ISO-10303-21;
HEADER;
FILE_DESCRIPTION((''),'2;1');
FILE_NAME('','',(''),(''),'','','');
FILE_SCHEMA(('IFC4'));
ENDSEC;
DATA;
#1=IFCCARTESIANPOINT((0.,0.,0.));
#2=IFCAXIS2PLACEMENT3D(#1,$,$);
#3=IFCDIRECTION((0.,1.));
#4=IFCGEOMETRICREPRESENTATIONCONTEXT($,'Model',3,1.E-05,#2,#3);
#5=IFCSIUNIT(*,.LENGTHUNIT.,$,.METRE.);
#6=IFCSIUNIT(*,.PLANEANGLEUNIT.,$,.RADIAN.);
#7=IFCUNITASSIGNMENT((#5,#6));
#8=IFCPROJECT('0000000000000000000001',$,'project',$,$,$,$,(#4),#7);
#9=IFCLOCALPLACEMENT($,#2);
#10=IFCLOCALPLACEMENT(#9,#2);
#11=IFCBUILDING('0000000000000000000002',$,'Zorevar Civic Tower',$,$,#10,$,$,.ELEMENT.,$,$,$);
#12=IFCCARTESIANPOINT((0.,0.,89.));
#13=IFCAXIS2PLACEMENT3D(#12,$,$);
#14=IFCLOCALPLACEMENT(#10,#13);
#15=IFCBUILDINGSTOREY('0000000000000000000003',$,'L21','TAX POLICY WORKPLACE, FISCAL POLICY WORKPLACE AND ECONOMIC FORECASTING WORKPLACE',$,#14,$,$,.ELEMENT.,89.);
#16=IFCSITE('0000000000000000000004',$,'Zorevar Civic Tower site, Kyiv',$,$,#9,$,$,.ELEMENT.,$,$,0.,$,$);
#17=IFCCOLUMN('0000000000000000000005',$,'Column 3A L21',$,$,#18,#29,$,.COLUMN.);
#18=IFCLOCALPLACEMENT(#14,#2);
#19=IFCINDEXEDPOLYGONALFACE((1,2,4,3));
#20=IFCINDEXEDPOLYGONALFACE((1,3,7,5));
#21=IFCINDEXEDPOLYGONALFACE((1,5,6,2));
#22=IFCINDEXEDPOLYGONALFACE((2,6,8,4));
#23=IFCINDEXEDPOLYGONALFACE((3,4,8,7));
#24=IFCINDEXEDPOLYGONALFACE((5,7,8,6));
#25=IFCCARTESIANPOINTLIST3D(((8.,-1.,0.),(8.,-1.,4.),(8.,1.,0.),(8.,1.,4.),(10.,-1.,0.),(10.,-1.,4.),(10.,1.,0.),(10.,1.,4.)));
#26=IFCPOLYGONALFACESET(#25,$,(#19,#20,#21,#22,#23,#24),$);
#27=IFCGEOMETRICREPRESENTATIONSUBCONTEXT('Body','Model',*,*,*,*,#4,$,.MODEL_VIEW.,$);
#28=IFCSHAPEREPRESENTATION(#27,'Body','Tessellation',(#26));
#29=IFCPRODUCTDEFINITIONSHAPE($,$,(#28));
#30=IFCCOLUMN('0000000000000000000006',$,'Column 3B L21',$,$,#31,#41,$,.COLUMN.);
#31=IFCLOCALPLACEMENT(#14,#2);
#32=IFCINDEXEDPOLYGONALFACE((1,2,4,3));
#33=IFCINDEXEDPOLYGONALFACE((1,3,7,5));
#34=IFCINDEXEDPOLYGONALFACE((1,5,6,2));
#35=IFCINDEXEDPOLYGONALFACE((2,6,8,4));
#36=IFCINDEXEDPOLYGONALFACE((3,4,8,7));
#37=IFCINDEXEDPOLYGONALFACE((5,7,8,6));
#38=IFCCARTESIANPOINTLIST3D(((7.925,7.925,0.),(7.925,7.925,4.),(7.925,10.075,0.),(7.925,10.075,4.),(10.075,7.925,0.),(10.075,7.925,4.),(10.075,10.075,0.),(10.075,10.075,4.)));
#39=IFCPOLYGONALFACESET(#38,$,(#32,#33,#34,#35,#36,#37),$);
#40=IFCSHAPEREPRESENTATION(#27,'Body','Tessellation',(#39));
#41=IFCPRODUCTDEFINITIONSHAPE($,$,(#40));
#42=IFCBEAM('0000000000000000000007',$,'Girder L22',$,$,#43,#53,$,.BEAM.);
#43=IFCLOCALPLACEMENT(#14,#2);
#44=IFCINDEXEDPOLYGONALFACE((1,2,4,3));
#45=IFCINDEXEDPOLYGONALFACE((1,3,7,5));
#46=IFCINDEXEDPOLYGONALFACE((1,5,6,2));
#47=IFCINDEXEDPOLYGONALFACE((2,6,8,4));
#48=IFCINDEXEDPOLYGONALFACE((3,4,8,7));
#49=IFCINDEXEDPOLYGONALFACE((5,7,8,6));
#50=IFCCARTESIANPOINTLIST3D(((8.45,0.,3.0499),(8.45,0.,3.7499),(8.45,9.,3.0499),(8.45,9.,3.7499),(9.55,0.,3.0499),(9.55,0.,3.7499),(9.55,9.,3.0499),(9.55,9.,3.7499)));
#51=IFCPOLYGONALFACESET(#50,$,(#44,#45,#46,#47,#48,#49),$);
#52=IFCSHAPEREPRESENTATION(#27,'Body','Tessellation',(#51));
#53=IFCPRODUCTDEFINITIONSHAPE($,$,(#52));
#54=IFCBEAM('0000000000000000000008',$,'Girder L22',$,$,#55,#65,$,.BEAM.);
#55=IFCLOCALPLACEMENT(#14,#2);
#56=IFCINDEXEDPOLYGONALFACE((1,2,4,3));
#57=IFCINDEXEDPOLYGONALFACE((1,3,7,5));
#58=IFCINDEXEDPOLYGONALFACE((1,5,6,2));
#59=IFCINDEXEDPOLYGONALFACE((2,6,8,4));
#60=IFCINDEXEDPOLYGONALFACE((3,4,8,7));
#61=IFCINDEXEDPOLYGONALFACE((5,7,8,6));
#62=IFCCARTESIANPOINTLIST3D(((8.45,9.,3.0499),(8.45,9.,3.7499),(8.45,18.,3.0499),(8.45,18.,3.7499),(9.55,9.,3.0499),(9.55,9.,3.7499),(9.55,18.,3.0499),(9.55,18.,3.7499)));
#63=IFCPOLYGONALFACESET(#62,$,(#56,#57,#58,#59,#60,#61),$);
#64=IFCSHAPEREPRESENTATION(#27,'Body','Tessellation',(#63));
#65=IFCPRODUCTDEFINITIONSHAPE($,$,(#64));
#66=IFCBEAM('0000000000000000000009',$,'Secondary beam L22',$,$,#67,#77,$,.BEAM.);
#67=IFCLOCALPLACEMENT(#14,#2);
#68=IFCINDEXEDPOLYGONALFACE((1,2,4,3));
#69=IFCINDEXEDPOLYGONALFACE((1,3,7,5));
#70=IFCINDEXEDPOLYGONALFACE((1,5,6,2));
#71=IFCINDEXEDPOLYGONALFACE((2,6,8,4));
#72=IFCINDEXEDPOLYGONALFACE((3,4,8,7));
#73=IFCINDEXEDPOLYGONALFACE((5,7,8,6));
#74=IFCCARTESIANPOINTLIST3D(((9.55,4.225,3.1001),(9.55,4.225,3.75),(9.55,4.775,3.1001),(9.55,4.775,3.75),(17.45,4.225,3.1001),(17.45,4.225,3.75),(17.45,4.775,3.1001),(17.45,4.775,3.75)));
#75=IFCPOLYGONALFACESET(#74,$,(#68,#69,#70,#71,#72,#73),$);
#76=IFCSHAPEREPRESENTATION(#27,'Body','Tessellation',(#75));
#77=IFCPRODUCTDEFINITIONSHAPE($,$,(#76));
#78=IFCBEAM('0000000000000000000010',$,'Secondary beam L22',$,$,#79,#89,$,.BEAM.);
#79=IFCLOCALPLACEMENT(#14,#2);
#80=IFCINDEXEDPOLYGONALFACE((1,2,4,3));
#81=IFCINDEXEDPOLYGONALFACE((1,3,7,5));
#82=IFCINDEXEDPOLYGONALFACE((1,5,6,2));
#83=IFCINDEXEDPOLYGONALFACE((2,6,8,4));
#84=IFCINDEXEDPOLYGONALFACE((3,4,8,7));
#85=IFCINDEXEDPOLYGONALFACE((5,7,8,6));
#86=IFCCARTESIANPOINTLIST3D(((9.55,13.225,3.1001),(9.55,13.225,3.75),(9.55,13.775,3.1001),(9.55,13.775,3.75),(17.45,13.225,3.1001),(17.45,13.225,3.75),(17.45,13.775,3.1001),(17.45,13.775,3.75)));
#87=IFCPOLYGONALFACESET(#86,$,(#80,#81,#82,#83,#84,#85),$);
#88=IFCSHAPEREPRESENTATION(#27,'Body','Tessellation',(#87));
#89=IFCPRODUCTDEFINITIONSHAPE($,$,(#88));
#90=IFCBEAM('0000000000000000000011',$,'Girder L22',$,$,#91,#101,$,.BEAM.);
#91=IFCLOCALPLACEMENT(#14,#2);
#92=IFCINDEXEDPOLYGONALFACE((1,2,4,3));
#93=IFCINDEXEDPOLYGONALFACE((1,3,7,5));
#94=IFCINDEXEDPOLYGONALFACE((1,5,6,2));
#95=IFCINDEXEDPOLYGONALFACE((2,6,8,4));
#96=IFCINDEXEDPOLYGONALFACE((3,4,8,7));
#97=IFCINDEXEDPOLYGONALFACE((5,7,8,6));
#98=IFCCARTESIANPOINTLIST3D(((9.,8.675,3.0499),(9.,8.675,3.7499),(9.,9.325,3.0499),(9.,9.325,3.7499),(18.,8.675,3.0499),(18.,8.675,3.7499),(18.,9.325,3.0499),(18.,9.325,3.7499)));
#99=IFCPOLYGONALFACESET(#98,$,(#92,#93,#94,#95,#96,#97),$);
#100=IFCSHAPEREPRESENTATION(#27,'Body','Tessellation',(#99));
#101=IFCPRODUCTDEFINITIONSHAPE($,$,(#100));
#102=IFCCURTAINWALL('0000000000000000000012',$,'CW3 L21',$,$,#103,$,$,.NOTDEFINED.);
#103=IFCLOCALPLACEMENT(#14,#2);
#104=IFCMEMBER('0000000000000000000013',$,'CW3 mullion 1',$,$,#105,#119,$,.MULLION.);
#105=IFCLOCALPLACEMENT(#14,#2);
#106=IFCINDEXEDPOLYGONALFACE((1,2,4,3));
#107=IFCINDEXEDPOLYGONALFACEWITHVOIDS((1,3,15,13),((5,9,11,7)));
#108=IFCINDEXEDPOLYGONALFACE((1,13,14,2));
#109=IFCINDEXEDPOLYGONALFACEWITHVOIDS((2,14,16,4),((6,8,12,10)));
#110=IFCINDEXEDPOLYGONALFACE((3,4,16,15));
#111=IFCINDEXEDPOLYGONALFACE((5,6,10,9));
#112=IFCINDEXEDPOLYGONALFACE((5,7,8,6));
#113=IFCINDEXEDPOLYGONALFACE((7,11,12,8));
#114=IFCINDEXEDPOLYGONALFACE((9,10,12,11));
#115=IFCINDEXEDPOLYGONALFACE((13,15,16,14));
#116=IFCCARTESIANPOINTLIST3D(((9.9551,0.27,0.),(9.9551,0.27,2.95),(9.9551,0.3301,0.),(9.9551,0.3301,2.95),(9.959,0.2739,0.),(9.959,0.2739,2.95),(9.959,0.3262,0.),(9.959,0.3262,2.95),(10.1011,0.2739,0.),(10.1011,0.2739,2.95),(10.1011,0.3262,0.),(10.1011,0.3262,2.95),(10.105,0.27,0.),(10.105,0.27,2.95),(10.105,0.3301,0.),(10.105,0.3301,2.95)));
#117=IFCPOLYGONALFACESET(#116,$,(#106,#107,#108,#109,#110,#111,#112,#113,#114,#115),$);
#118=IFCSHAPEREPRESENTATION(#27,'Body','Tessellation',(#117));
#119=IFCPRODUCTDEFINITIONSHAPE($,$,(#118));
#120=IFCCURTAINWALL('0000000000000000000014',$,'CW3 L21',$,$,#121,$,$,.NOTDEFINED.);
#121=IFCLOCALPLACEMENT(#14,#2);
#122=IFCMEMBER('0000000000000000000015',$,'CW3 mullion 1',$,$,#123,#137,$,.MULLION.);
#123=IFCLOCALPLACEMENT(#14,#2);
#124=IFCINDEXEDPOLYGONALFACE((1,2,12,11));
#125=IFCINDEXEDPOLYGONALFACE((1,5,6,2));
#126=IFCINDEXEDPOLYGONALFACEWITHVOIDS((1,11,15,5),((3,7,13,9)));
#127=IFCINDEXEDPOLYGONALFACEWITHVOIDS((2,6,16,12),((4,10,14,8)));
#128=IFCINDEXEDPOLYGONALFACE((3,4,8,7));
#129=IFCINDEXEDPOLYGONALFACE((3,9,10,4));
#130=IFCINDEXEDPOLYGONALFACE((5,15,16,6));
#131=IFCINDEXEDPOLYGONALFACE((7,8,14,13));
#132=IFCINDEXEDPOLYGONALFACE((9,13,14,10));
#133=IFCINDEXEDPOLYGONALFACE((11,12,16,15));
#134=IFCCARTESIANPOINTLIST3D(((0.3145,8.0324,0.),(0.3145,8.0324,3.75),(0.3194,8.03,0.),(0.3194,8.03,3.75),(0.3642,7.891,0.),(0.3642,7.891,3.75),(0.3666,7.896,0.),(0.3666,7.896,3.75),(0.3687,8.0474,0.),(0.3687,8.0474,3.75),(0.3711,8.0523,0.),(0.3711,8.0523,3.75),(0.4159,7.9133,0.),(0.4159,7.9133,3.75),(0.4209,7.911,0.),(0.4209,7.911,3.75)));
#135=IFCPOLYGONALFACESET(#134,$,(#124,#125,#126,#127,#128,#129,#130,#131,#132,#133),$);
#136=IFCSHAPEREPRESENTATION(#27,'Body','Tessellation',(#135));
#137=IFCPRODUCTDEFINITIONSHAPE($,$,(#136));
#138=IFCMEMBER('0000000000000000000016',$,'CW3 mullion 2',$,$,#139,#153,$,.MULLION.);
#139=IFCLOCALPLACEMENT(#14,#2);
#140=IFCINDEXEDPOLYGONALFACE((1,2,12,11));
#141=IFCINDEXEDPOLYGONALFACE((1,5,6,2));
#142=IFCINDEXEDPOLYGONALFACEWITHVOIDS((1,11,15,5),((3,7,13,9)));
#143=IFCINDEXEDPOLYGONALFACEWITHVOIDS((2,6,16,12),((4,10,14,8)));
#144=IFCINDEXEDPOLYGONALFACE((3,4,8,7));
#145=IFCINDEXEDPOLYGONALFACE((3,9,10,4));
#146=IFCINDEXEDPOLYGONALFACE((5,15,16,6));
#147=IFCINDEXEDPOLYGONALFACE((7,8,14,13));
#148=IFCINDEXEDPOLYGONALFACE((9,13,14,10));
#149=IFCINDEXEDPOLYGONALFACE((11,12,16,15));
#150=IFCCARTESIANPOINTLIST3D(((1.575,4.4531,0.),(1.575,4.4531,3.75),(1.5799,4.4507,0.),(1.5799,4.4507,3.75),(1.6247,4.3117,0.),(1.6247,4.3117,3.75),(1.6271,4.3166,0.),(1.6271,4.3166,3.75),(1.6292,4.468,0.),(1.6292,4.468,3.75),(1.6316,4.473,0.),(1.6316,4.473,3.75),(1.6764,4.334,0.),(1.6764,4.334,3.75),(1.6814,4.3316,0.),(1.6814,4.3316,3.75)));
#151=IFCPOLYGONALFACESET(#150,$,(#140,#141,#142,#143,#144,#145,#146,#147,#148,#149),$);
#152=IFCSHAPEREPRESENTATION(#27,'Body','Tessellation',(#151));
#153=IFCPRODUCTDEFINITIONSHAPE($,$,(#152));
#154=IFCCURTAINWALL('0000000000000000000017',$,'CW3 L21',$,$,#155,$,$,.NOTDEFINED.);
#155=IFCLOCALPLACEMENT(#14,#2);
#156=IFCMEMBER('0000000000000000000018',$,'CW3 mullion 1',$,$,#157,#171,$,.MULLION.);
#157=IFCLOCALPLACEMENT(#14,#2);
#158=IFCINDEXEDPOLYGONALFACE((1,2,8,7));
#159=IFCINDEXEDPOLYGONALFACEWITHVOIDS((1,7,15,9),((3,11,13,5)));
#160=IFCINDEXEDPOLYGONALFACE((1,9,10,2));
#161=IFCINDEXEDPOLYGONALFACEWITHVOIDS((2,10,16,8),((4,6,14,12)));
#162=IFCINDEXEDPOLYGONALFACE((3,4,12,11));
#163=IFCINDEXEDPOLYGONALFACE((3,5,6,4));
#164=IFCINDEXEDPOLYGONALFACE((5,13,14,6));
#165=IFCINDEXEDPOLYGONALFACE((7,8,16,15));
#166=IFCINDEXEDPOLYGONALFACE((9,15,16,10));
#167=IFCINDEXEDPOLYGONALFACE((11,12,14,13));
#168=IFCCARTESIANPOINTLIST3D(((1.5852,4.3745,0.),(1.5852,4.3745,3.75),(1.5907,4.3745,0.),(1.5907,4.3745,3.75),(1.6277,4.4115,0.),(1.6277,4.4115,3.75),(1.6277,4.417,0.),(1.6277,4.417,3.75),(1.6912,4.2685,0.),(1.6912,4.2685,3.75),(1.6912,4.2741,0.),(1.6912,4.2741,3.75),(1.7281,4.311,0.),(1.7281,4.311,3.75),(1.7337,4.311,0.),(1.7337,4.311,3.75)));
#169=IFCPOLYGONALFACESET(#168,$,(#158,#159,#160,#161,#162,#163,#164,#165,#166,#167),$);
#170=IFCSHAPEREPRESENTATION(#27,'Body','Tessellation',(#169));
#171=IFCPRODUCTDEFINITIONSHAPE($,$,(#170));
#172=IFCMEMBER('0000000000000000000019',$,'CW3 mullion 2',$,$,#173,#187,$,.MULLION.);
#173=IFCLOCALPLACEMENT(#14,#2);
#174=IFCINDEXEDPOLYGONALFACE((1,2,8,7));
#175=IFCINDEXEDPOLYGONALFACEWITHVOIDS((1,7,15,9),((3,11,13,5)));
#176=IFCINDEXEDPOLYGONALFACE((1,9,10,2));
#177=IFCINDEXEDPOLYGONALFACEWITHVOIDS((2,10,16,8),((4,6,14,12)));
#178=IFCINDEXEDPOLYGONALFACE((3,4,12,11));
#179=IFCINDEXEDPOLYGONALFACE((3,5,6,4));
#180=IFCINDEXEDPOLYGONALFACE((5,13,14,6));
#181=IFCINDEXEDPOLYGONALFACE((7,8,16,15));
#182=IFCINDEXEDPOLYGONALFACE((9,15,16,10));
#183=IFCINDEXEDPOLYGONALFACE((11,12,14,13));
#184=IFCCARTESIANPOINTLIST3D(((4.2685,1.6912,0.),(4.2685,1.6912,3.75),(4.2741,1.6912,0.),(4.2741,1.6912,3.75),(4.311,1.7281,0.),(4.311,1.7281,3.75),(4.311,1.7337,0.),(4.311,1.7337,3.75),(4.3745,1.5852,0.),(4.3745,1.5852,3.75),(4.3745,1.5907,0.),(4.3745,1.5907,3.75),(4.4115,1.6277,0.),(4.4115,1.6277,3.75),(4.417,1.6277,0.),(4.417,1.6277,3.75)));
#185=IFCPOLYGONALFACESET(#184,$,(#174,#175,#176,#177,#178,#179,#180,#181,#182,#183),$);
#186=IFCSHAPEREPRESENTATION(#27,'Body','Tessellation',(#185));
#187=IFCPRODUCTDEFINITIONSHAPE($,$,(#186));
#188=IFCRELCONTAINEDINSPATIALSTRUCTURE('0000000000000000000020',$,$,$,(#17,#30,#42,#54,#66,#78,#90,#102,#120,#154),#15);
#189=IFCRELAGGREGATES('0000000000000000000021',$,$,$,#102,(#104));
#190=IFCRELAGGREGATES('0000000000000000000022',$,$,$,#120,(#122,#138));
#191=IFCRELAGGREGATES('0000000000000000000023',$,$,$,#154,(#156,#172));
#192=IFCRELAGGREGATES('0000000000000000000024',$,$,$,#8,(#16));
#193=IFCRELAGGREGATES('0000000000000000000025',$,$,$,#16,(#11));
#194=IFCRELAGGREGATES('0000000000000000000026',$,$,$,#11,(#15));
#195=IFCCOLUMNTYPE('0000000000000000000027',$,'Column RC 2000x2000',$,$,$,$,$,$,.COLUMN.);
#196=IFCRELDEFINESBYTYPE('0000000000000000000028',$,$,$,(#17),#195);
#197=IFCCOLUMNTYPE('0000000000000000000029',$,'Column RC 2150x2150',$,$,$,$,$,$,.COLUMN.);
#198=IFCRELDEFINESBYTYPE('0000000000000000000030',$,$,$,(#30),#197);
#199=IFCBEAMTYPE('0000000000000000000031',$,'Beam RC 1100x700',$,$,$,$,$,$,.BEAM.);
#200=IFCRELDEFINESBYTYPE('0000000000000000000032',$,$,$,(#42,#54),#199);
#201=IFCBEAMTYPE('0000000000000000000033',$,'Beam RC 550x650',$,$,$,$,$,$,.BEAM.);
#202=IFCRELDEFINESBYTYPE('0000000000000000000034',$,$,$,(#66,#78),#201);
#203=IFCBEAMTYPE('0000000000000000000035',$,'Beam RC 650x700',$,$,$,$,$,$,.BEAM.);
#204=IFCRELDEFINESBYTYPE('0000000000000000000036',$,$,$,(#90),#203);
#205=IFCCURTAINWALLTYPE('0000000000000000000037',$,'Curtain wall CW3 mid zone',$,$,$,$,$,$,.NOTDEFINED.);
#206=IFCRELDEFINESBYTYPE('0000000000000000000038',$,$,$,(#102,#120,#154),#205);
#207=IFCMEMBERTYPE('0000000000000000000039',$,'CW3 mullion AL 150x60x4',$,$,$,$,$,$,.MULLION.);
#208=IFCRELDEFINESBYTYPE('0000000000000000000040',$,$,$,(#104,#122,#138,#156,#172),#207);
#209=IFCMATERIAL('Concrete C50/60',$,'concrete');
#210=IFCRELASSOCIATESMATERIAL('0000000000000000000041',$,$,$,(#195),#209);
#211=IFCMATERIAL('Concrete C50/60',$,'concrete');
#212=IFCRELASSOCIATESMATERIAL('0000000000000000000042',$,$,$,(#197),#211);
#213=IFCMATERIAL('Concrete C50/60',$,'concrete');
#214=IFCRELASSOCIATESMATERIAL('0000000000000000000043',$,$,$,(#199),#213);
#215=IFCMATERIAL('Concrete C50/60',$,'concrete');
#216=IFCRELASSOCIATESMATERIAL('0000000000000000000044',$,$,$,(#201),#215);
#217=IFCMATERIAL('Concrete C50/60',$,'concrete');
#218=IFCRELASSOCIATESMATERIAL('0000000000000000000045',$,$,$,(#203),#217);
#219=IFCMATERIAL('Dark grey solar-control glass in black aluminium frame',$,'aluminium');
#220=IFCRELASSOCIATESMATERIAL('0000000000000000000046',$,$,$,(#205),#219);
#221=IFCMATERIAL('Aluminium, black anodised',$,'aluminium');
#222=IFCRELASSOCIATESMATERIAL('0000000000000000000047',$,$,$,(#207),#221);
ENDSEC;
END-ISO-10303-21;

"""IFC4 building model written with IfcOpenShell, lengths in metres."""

from ifc_helpers import new_model, si_unit, direction, frame, origin, origin_2d, place, context, subcontext, project, spatial, rectangle, hollow_rectangle, extrude, material, material_profile, profile_set, type_object, element, aggregate, save


model = new_model("IFC4")

# Units and contexts
model_context = context("Model", 3, precision=1e-05, world=origin(), true_north=direction((0.0, 1.0)))
body_context = subcontext(model_context, "Body", "Model", "MODEL_VIEW")
ifc_project = project(units=[si_unit("LENGTHUNIT", "METRE"), si_unit("PLANEANGLEUNIT", "RADIAN")], contexts=[model_context])

# Site, building, storey
site_placement = place(None, origin())
site = spatial("IfcSite", under=ifc_project, at=site_placement, Name="Zorevar Civic Tower site, Kyiv", CompositionType="ELEMENT", RefElevation=0.0)
building_placement = place(site_placement, origin())
building = spatial("IfcBuilding", under=site, at=building_placement, Name="Zorevar Civic Tower", CompositionType="ELEMENT")
storey_placement = place(building_placement, frame((0.0, 0.0, 89.0)))
storey = spatial("IfcBuildingStorey", under=building, at=storey_placement, Name="L21", Description="TAX POLICY WORKPLACE, FISCAL POLICY WORKPLACE AND ECONOMIC FORECASTING WORKPLACE", CompositionType="ELEMENT", Elevation=89.0)

# Columns
ifc_material_1 = material(Name="Concrete C50/60", Category="concrete")
ifc_material_profile_1 = material_profile(ifc_material_1, rectangle(XDim=2.0, YDim=2.0, at=origin_2d()), Name="RC 2000x2000")
ifc_profile_set_1 = profile_set([ifc_material_profile_1], Name="Concrete C50/60")
column_type_1 = type_object("IfcColumnType", Name="Column RC 2000x2000", PredefinedType="COLUMN", material=ifc_profile_set_1)
column_1_placement = place(storey_placement, frame((9.0, 0.0, 0.0), z_axis=(0.0, 0.0, 1.0), x_axis=(1.0, 0.0, 0.0)))
element("IfcColumn", 1, at=column_1_placement, inside=storey, type_object=column_type_1, Name="Column 3A L21", PredefinedType="COLUMN", context=body_context, shape_type="SweptSolid", body=[
    extrude(rectangle(XDim=2.0, YDim=2.0, at=origin_2d()), origin(), (0.0, 0.0, 1.0), 4.0),
])
ifc_material_2 = material(Name="Concrete C50/60", Category="concrete")
ifc_material_profile_2 = material_profile(ifc_material_2, rectangle(XDim=2.1499, YDim=2.1499, at=origin_2d()), Name="RC 2150x2150")
ifc_profile_set_2 = profile_set([ifc_material_profile_2], Name="Concrete C50/60")
column_type_2 = type_object("IfcColumnType", Name="Column RC 2150x2150", PredefinedType="COLUMN", material=ifc_profile_set_2)
column_2_placement = place(storey_placement, frame((9.0, 9.0, 0.0), z_axis=(0.0, 0.0, 1.0), x_axis=(1.0, 0.0, 0.0)))
element("IfcColumn", 2, at=column_2_placement, inside=storey, type_object=column_type_2, Name="Column 3B L21", PredefinedType="COLUMN", context=body_context, shape_type="SweptSolid", body=[
    extrude(rectangle(XDim=2.1499, YDim=2.1499, at=origin_2d()), origin(), (0.0, 0.0, 1.0), 4.0),
])

# Beams
ifc_material_3 = material(Name="Concrete C50/60", Category="concrete")
ifc_material_profile_3 = material_profile(ifc_material_3, rectangle(XDim=1.1001, YDim=0.7, at=origin_2d()), Name="RC 1100x700")
ifc_profile_set_3 = profile_set([ifc_material_profile_3], Name="Concrete C50/60")
beam_type_1 = type_object("IfcBeamType", Name="Beam RC 1100x700", PredefinedType="BEAM", material=ifc_profile_set_3)
for number, where, z_axis, x_axis, name in (
    (3, (9.0, 0.0, 3.3999), (0.0, 1.0, 0.0), (-1.0, 0.0, 0.0), "Girder L22"),
    (4, (9.0, 9.0, 3.3999), (0.0, 1.0, 0.0), (-1.0, 0.0, 0.0), "Girder L22"),
):
    element("IfcBeam", number, at=place(storey_placement, frame(where, z_axis=z_axis, x_axis=x_axis)), inside=storey, type_object=beam_type_1, Name=name, PredefinedType="BEAM", context=body_context, shape_type="SweptSolid", body=[
        extrude(rectangle(XDim=1.1001, YDim=0.7, at=origin_2d()), origin(), (0.0, 0.0, 1.0), 9.0),
    ])
ifc_material_4 = material(Name="Concrete C50/60", Category="concrete")
ifc_material_profile_4 = material_profile(ifc_material_4, rectangle(XDim=0.55, YDim=0.6499, at=origin_2d()), Name="RC 550x650")
ifc_profile_set_4 = profile_set([ifc_material_profile_4], Name="Concrete C50/60")
beam_type_2 = type_object("IfcBeamType", Name="Beam RC 550x650", PredefinedType="BEAM", material=ifc_profile_set_4)
for number, where, z_axis, x_axis, name in (
    (5, (9.55, 4.5, 3.425), (1.0, 0.0, 0.0), (0.0, 1.0, 0.0), "Secondary beam L22"),
    (6, (9.55, 13.5, 3.425), (1.0, 0.0, 0.0), (0.0, 1.0, 0.0), "Secondary beam L22"),
):
    element("IfcBeam", number, at=place(storey_placement, frame(where, z_axis=z_axis, x_axis=x_axis)), inside=storey, type_object=beam_type_2, Name=name, PredefinedType="BEAM", context=body_context, shape_type="SweptSolid", body=[
        extrude(rectangle(XDim=0.55, YDim=0.6499, at=origin_2d()), origin(), (0.0, 0.0, 1.0), 7.8999),
    ])
ifc_material_5 = material(Name="Concrete C50/60", Category="concrete")
ifc_material_profile_5 = material_profile(ifc_material_5, rectangle(XDim=0.6499, YDim=0.7, at=origin_2d()), Name="RC 650x700")
ifc_profile_set_5 = profile_set([ifc_material_profile_5], Name="Concrete C50/60")
beam_type_3 = type_object("IfcBeamType", Name="Beam RC 650x700", PredefinedType="BEAM", material=ifc_profile_set_5)
beam_1_placement = place(storey_placement, frame((9.0, 9.0, 3.3999), z_axis=(1.0, 0.0, 0.0), x_axis=(0.0, 1.0, 0.0)))
element("IfcBeam", 7, at=beam_1_placement, inside=storey, type_object=beam_type_3, Name="Girder L22", PredefinedType="BEAM", context=body_context, shape_type="SweptSolid", body=[
    extrude(rectangle(XDim=0.6499, YDim=0.7, at=origin_2d()), origin(), (0.0, 0.0, 1.0), 9.0),
])

# Curtain wall, member
ifc_material_6 = material(Name="Dark grey solar-control glass in black aluminium frame", Category="aluminium")
curtain_wall_type = type_object("IfcCurtainWallType", Name="Curtain wall CW3 mid zone", PredefinedType="NOTDEFINED", material=ifc_material_6)
curtain_wall_1_placement = place(storey_placement, origin())
curtain_wall_1 = element("IfcCurtainWall", 8, at=curtain_wall_1_placement, inside=storey, type_object=curtain_wall_type, Name="CW3 L21", PredefinedType="NOTDEFINED")
ifc_material_7 = material(Name="Aluminium, black anodised", Category="aluminium")
ifc_material_profile_6 = material_profile(ifc_material_7, hollow_rectangle(XDim=0.0601, YDim=0.1499, WallThickness=0.0039, at=origin_2d()), Name="AL 150x60x4")
ifc_profile_set_6 = profile_set([ifc_material_profile_6], Name="Aluminium, black anodised")
member_type_1 = type_object("IfcMemberType", Name="CW3 mullion AL 150x60x4", PredefinedType="MULLION", material=ifc_profile_set_6)
member_1_placement = place(storey_placement, frame((10.03, 0.3, 0.0), z_axis=(0.0, 0.0, 1.0), x_axis=(0.0, 1.0, 0.0)))
member_1 = element("IfcMember", 9, at=member_1_placement, type_object=member_type_1, Name="CW3 mullion 1", PredefinedType="MULLION", context=body_context, shape_type="SweptSolid", body=[
    extrude(hollow_rectangle(XDim=0.0601, YDim=0.1499, WallThickness=0.0039, at=origin_2d()), origin(), (0.0, 0.0, 1.0), 2.95),
])
aggregate(curtain_wall_1, [member_1])

# Curtain walls, members
curtain_wall_2_placement = place(storey_placement, origin())
curtain_wall_2 = element("IfcCurtainWall", 10, at=curtain_wall_2_placement, inside=storey, type_object=curtain_wall_type, Name="CW3 L21", PredefinedType="NOTDEFINED")
member_2_placement = place(storey_placement, frame((0.3677, 7.9717, 0.0), z_axis=(0.0, 0.0, 1.0), x_axis=(0.943219, 0.332171, 0.0)))
member_2 = element("IfcMember", 11, at=member_2_placement, type_object=member_type_1, Name="CW3 mullion 1", PredefinedType="MULLION", context=body_context, shape_type="SweptSolid", body=[
    extrude(hollow_rectangle(XDim=0.0601, YDim=0.1499, WallThickness=0.0039, at=origin_2d()), origin(), (0.0, 0.0, 1.0), 3.75),
])
member_3_placement = place(storey_placement, frame((1.6282, 4.3923, 0.0), z_axis=(0.0, 0.0, 1.0), x_axis=(0.943219, 0.332171, 0.0)))
member_3 = element("IfcMember", 12, at=member_3_placement, type_object=member_type_1, Name="CW3 mullion 2", PredefinedType="MULLION", context=body_context, shape_type="SweptSolid", body=[
    extrude(hollow_rectangle(XDim=0.0601, YDim=0.1499, WallThickness=0.0039, at=origin_2d()), origin(), (0.0, 0.0, 1.0), 3.75),
])
curtain_wall_3_placement = place(storey_placement, origin())
curtain_wall_3 = element("IfcCurtainWall", 13, at=curtain_wall_3_placement, inside=storey, type_object=curtain_wall_type, Name="CW3 L21", PredefinedType="NOTDEFINED")
member_4_placement = place(storey_placement, frame((1.6594, 4.3428, 0.0), z_axis=(0.0, 0.0, 1.0), x_axis=(0.707107, 0.707107, 0.0)))
member_4 = element("IfcMember", 14, at=member_4_placement, type_object=member_type_1, Name="CW3 mullion 1", PredefinedType="MULLION", context=body_context, shape_type="SweptSolid", body=[
    extrude(hollow_rectangle(XDim=0.0601, YDim=0.1499, WallThickness=0.0039, at=origin_2d()), origin(), (0.0, 0.0, 1.0), 3.75),
])
member_5_placement = place(storey_placement, frame((4.3428, 1.6594, 0.0), z_axis=(0.0, 0.0, 1.0), x_axis=(0.707107, 0.707107, 0.0)))
member_5 = element("IfcMember", 15, at=member_5_placement, type_object=member_type_1, Name="CW3 mullion 2", PredefinedType="MULLION", context=body_context, shape_type="SweptSolid", body=[
    extrude(hollow_rectangle(XDim=0.0601, YDim=0.1499, WallThickness=0.0039, at=origin_2d()), origin(), (0.0, 0.0, 1.0), 3.75),
])

aggregate(curtain_wall_2, [member_2, member_3])
aggregate(curtain_wall_3, [member_4, member_5])

save(model, "model.ifc")
